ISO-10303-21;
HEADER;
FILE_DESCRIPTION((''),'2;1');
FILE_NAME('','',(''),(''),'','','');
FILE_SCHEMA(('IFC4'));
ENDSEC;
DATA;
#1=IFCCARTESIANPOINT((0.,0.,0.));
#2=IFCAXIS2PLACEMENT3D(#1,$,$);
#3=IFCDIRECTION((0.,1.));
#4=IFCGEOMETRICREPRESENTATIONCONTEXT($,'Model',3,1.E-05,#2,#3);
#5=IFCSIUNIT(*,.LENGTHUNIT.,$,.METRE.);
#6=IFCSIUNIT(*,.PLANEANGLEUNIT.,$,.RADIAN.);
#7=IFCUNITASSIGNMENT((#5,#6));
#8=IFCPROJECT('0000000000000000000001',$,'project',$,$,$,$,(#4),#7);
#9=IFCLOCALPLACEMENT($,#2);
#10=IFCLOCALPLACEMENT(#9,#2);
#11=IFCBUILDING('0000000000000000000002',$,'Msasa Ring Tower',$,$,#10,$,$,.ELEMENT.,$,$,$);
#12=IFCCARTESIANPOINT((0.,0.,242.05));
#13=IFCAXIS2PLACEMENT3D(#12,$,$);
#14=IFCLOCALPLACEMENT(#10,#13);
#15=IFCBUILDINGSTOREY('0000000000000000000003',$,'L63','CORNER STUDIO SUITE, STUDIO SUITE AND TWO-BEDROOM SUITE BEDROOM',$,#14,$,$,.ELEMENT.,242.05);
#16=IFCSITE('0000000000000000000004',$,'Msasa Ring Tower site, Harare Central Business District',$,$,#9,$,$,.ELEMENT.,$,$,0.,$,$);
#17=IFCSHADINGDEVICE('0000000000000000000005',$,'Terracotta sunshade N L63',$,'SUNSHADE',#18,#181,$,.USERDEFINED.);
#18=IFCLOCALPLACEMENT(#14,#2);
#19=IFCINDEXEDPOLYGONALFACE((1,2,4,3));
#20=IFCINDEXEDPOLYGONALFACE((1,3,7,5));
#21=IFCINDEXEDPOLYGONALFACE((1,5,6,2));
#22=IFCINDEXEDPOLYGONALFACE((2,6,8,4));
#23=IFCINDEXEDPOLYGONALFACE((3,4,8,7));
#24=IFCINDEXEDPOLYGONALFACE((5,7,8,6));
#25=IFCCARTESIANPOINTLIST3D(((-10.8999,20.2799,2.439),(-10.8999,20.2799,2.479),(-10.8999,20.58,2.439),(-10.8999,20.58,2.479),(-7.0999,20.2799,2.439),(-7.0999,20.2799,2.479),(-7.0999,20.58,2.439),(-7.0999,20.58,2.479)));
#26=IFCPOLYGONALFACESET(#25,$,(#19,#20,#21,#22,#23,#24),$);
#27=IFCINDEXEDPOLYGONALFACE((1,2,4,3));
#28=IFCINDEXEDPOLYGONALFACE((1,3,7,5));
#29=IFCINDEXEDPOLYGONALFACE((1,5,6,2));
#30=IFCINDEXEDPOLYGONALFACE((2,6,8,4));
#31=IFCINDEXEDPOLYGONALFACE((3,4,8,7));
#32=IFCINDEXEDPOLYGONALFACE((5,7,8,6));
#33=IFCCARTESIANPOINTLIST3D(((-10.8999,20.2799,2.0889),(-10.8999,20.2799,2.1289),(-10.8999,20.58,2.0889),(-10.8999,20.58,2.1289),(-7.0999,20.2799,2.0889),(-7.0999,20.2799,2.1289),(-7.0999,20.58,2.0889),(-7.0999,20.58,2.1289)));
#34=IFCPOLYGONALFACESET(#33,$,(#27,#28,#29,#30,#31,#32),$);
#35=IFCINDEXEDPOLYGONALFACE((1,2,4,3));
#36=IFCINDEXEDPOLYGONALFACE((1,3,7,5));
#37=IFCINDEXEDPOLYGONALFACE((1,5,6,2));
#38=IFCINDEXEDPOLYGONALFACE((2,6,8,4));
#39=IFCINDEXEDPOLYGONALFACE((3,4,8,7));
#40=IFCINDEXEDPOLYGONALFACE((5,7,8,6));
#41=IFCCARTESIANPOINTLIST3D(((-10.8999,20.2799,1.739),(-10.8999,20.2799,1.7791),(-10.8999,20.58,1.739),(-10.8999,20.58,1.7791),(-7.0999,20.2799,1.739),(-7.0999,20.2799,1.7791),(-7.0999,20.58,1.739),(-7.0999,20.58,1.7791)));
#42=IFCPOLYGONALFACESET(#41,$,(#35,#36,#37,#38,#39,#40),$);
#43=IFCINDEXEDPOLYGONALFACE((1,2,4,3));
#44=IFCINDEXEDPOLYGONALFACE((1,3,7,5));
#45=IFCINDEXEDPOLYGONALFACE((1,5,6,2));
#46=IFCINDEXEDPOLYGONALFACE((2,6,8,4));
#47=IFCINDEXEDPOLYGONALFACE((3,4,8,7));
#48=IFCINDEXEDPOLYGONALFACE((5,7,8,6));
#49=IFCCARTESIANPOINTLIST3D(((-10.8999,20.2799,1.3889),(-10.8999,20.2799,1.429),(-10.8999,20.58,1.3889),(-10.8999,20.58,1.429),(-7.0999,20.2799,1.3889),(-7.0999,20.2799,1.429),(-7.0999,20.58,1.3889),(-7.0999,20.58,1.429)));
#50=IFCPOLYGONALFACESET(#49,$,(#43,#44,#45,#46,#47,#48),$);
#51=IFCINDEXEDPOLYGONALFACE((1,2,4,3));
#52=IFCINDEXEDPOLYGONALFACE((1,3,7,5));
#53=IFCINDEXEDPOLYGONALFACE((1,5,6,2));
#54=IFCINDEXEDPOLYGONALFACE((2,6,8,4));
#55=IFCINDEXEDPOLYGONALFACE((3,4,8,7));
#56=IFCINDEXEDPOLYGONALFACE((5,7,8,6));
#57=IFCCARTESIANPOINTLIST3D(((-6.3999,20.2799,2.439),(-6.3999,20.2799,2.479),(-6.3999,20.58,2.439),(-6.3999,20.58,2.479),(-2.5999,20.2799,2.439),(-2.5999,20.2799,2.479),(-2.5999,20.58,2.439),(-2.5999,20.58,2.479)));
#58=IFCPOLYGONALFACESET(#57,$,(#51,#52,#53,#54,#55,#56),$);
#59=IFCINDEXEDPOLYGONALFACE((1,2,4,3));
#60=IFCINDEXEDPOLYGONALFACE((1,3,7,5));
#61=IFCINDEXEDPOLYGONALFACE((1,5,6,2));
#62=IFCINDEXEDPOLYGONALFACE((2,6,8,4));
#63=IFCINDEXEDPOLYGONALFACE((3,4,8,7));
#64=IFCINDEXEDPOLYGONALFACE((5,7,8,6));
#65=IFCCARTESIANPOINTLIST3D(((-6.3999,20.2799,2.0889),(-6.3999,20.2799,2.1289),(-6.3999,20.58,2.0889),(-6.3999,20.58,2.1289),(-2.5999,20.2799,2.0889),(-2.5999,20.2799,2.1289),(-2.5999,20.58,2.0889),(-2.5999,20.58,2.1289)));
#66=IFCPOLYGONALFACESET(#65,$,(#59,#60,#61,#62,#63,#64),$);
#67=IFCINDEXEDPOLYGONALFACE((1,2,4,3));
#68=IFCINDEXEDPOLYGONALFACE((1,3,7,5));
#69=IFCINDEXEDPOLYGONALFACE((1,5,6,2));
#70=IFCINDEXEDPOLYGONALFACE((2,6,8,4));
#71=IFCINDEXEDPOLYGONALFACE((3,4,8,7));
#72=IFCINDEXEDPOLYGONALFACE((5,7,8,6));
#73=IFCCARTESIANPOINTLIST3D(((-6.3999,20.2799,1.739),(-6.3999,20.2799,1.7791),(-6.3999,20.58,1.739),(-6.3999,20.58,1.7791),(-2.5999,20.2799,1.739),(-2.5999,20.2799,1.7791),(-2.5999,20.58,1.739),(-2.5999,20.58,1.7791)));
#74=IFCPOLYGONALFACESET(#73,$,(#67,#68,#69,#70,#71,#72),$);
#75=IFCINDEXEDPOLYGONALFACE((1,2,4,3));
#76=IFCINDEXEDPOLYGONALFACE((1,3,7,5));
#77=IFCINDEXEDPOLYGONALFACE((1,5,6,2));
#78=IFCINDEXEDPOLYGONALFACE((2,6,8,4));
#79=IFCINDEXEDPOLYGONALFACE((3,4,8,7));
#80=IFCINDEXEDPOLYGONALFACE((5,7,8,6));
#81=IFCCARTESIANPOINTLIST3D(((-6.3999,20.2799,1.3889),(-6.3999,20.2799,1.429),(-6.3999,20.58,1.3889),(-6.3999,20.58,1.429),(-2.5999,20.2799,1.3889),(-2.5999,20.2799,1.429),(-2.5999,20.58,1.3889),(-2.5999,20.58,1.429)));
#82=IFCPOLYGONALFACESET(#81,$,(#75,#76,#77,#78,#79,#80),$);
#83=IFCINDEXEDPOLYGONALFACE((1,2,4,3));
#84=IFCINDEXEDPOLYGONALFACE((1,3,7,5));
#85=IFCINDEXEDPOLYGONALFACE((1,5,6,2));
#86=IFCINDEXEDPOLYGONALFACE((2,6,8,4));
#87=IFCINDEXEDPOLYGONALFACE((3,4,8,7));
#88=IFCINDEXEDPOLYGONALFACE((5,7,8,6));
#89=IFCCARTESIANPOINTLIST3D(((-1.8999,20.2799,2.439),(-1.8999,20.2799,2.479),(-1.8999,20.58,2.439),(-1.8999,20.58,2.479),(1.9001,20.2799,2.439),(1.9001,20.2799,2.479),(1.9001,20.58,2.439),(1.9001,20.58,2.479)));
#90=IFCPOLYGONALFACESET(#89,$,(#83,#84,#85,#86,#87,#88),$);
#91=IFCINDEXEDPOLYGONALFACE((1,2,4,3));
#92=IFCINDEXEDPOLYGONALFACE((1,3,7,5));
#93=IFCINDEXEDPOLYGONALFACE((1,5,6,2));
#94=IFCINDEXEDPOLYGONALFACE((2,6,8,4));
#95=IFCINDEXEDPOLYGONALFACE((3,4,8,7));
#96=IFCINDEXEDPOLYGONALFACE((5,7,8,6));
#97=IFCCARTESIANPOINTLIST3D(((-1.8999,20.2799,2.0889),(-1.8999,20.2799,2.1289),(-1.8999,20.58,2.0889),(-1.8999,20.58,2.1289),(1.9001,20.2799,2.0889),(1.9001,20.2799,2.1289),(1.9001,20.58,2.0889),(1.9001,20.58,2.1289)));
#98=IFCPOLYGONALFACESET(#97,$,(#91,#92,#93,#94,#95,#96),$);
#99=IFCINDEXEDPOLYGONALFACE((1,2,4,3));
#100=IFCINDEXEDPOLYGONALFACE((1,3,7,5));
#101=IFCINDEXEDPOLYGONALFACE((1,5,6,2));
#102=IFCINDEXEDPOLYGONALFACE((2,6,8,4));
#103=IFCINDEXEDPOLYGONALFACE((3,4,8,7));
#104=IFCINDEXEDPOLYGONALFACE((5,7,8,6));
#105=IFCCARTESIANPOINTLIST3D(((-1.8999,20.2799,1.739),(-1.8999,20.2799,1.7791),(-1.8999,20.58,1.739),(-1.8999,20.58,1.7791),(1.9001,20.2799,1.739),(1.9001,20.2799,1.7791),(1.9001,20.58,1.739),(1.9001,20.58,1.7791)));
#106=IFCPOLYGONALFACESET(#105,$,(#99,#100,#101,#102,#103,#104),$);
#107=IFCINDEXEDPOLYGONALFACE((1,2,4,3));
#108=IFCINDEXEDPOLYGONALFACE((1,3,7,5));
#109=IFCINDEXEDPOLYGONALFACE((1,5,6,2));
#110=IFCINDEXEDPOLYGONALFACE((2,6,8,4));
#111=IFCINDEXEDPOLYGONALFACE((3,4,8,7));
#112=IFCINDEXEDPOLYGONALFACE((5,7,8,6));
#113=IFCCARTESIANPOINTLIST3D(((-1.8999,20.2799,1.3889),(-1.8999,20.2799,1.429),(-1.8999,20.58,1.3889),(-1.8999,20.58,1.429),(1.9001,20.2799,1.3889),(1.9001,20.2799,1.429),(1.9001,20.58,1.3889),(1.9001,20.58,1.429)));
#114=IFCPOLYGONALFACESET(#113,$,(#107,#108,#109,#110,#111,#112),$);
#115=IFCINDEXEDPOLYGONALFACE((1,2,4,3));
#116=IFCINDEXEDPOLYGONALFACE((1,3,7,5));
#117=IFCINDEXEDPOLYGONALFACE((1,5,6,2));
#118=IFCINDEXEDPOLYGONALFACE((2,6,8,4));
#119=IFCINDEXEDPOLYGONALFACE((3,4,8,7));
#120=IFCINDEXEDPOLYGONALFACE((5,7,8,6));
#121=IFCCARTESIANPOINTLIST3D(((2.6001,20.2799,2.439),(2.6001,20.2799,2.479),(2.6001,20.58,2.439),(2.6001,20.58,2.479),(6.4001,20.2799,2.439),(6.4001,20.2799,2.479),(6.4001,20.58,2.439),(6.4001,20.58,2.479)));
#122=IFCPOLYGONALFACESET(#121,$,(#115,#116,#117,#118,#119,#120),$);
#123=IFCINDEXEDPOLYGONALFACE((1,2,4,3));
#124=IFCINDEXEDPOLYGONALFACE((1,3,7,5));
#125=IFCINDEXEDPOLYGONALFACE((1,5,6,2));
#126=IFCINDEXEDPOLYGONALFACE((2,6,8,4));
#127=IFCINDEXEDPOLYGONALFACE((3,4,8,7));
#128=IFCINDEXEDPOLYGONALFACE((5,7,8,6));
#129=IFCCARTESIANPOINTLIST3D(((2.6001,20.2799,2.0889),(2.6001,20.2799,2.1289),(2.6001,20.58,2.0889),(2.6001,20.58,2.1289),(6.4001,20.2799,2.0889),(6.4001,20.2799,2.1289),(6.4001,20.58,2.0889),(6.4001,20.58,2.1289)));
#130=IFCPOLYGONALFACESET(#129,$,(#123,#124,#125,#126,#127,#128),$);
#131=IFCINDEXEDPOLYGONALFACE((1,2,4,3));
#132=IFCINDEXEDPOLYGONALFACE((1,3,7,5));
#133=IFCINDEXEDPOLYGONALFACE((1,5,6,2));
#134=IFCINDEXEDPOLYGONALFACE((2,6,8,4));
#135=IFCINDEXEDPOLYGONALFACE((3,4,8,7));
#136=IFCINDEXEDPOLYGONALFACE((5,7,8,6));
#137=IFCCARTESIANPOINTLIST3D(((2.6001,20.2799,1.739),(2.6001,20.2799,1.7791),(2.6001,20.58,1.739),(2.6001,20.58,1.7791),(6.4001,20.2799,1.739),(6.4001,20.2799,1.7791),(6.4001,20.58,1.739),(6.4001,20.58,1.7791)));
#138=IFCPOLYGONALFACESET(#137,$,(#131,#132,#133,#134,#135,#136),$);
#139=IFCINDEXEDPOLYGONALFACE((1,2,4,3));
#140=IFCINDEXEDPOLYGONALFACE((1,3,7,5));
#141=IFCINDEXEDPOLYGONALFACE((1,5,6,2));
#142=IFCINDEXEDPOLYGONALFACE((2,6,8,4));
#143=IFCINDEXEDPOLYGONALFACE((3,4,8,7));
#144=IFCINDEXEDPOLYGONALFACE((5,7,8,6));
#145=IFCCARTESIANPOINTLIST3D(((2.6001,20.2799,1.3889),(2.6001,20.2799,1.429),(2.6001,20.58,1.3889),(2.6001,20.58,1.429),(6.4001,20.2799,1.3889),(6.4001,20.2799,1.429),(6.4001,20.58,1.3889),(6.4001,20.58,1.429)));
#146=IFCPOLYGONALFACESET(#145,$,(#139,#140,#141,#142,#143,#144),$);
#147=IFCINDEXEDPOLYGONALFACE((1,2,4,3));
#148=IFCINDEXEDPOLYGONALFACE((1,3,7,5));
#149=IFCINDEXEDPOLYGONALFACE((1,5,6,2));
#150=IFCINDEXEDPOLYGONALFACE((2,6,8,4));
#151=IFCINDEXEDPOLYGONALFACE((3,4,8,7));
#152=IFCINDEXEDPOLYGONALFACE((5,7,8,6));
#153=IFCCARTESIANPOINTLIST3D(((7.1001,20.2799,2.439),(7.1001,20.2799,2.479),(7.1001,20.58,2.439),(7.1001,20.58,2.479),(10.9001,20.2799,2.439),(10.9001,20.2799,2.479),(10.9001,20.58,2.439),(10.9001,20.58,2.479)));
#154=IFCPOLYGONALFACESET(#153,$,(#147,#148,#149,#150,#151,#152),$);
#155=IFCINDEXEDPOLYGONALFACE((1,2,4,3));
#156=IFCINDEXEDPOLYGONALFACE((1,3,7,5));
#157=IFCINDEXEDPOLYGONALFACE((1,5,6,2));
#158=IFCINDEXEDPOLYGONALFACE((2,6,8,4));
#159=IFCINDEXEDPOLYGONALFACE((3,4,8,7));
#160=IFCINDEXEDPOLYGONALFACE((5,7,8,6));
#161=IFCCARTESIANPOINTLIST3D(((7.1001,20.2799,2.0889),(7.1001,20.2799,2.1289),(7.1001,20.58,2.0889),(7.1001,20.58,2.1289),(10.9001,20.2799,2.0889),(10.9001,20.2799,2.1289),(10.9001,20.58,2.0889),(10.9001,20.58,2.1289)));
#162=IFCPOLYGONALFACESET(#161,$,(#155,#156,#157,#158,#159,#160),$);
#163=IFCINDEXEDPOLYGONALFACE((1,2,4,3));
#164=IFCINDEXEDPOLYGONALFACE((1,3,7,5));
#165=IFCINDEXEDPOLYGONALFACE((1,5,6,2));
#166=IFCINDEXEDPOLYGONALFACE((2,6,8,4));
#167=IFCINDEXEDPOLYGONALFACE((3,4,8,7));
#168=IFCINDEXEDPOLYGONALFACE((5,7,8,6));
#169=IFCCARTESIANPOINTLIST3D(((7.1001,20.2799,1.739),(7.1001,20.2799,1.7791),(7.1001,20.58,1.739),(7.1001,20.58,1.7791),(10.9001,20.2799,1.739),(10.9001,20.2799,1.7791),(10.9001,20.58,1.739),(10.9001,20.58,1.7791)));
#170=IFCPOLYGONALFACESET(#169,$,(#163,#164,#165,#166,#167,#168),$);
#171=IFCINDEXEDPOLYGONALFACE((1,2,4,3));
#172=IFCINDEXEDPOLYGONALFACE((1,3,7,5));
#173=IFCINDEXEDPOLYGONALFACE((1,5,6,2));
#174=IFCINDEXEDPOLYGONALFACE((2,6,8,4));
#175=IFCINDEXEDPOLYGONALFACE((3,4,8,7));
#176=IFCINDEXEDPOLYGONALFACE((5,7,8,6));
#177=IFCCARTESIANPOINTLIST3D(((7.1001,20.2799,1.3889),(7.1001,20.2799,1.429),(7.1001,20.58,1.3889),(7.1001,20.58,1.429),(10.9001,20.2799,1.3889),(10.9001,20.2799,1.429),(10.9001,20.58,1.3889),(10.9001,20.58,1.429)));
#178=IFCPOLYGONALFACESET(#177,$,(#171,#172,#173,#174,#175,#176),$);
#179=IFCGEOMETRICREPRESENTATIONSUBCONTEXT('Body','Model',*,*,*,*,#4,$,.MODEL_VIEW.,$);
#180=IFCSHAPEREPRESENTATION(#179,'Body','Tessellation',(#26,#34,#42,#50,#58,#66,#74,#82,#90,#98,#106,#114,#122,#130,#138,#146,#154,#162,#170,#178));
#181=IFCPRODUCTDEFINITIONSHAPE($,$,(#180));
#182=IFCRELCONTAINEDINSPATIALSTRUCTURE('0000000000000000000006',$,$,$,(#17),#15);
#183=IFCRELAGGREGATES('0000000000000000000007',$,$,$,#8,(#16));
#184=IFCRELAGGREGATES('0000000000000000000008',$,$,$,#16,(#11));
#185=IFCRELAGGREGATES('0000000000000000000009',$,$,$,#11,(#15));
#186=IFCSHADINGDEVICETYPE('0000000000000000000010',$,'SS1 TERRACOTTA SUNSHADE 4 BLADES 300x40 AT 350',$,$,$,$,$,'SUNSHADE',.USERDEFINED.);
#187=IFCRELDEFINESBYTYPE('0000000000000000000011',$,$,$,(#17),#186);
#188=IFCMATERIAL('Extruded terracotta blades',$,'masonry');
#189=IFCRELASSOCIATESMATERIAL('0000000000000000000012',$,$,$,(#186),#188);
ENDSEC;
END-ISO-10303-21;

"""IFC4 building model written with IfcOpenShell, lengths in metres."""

from ifc_helpers import new_model, si_unit, direction, frame, origin, origin_2d, place, context, subcontext, project, spatial, rectangle, extrude, material, type_object, element, save


model = new_model("IFC4")

# Units and contexts
model_context = context("Model", 3, precision=1e-05, world=origin(), true_north=direction((0.0, 1.0)))
body_context = subcontext(model_context, "Body", "Model", "MODEL_VIEW")
ifc_project = project(units=[si_unit("LENGTHUNIT", "METRE"), si_unit("PLANEANGLEUNIT", "RADIAN")], contexts=[model_context])

# Site, building, storey
site_placement = place(None, origin())
site = spatial("IfcSite", under=ifc_project, at=site_placement, Name="Msasa Ring Tower site, Harare Central Business District", CompositionType="ELEMENT", RefElevation=0.0)
building_placement = place(site_placement, origin())
building = spatial("IfcBuilding", under=site, at=building_placement, Name="Msasa Ring Tower", CompositionType="ELEMENT")
storey_placement = place(building_placement, frame((0.0, 0.0, 242.05)))
storey = spatial("IfcBuildingStorey", under=building, at=storey_placement, Name="L63", Description="CORNER STUDIO SUITE, STUDIO SUITE AND TWO-BEDROOM SUITE BEDROOM", CompositionType="ELEMENT", Elevation=242.05)

# Shading device
ifc_material_1 = material(Name="Extruded terracotta blades", Category="masonry")
shading_device_type_1 = type_object("IfcShadingDeviceType", Name="SS1 TERRACOTTA SUNSHADE 4 BLADES 300x40 AT 350", ElementType="SUNSHADE", PredefinedType="USERDEFINED", material=ifc_material_1)
shading_device_1_placement = place(storey_placement, origin())
element("IfcShadingDevice", 1, at=shading_device_1_placement, inside=storey, type_object=shading_device_type_1, Name="Terracotta sunshade N L63", ObjectType="SUNSHADE", PredefinedType="USERDEFINED", context=body_context, shape_type="SweptSolid", body=[
    extrude(rectangle(XDim=0.04, YDim=0.3, at=origin_2d()), frame((-10.8999, 20.4299, 2.459), z_axis=(1.0, 0.0, 0.0), x_axis=(0.0, 0.0, 1.0)), (0.0, 0.0, 1.0), 3.8),
    extrude(rectangle(XDim=0.04, YDim=0.3, at=origin_2d()), frame((-10.8999, 20.4299, 2.1089), z_axis=(1.0, 0.0, 0.0), x_axis=(0.0, 0.0, 1.0)), (0.0, 0.0, 1.0), 3.8),
    extrude(rectangle(XDim=0.04, YDim=0.3, at=origin_2d()), frame((-10.8999, 20.4299, 1.759), z_axis=(1.0, 0.0, 0.0), x_axis=(0.0, 0.0, 1.0)), (0.0, 0.0, 1.0), 3.8),
    extrude(rectangle(XDim=0.04, YDim=0.3, at=origin_2d()), frame((-10.8999, 20.4299, 1.4089), z_axis=(1.0, 0.0, 0.0), x_axis=(0.0, 0.0, 1.0)), (0.0, 0.0, 1.0), 3.8),
    extrude(rectangle(XDim=0.04, YDim=0.3, at=origin_2d()), frame((-6.3999, 20.4299, 2.459), z_axis=(1.0, 0.0, 0.0), x_axis=(0.0, 0.0, 1.0)), (0.0, 0.0, 1.0), 3.8),
    extrude(rectangle(XDim=0.04, YDim=0.3, at=origin_2d()), frame((-6.3999, 20.4299, 2.1089), z_axis=(1.0, 0.0, 0.0), x_axis=(0.0, 0.0, 1.0)), (0.0, 0.0, 1.0), 3.8),
    extrude(rectangle(XDim=0.04, YDim=0.3, at=origin_2d()), frame((-6.3999, 20.4299, 1.759), z_axis=(1.0, 0.0, 0.0), x_axis=(0.0, 0.0, 1.0)), (0.0, 0.0, 1.0), 3.8),
    extrude(rectangle(XDim=0.04, YDim=0.3, at=origin_2d()), frame((-6.3999, 20.4299, 1.4089), z_axis=(1.0, 0.0, 0.0), x_axis=(0.0, 0.0, 1.0)), (0.0, 0.0, 1.0), 3.8),
    extrude(rectangle(XDim=0.04, YDim=0.3, at=origin_2d()), frame((-1.8999, 20.4299, 2.459), z_axis=(1.0, 0.0, 0.0), x_axis=(0.0, 0.0, 1.0)), (0.0, 0.0, 1.0), 3.8),
    extrude(rectangle(XDim=0.04, YDim=0.3, at=origin_2d()), frame((-1.8999, 20.4299, 2.1089), z_axis=(1.0, 0.0, 0.0), x_axis=(0.0, 0.0, 1.0)), (0.0, 0.0, 1.0), 3.8),
    extrude(rectangle(XDim=0.04, YDim=0.3, at=origin_2d()), frame((-1.8999, 20.4299, 1.759), z_axis=(1.0, 0.0, 0.0), x_axis=(0.0, 0.0, 1.0)), (0.0, 0.0, 1.0), 3.8),
    extrude(rectangle(XDim=0.04, YDim=0.3, at=origin_2d()), frame((-1.8999, 20.4299, 1.4089), z_axis=(1.0, 0.0, 0.0), x_axis=(0.0, 0.0, 1.0)), (0.0, 0.0, 1.0), 3.8),
    extrude(rectangle(XDim=0.04, YDim=0.3, at=origin_2d()), frame((2.6001, 20.4299, 2.459), z_axis=(1.0, 0.0, 0.0), x_axis=(0.0, 0.0, 1.0)), (0.0, 0.0, 1.0), 3.8),
    extrude(rectangle(XDim=0.04, YDim=0.3, at=origin_2d()), frame((2.6001, 20.4299, 2.1089), z_axis=(1.0, 0.0, 0.0), x_axis=(0.0, 0.0, 1.0)), (0.0, 0.0, 1.0), 3.8),
    extrude(rectangle(XDim=0.04, YDim=0.3, at=origin_2d()), frame((2.6001, 20.4299, 1.759), z_axis=(1.0, 0.0, 0.0), x_axis=(0.0, 0.0, 1.0)), (0.0, 0.0, 1.0), 3.8),
    extrude(rectangle(XDim=0.04, YDim=0.3, at=origin_2d()), frame((2.6001, 20.4299, 1.4089), z_axis=(1.0, 0.0, 0.0), x_axis=(0.0, 0.0, 1.0)), (0.0, 0.0, 1.0), 3.8),
    extrude(rectangle(XDim=0.04, YDim=0.3, at=origin_2d()), frame((7.1001, 20.4299, 2.459), z_axis=(1.0, 0.0, 0.0), x_axis=(0.0, 0.0, 1.0)), (0.0, 0.0, 1.0), 3.8),
    extrude(rectangle(XDim=0.04, YDim=0.3, at=origin_2d()), frame((7.1001, 20.4299, 2.1089), z_axis=(1.0, 0.0, 0.0), x_axis=(0.0, 0.0, 1.0)), (0.0, 0.0, 1.0), 3.8),
    extrude(rectangle(XDim=0.04, YDim=0.3, at=origin_2d()), frame((7.1001, 20.4299, 1.759), z_axis=(1.0, 0.0, 0.0), x_axis=(0.0, 0.0, 1.0)), (0.0, 0.0, 1.0), 3.8),
    extrude(rectangle(XDim=0.04, YDim=0.3, at=origin_2d()), frame((7.1001, 20.4299, 1.4089), z_axis=(1.0, 0.0, 0.0), x_axis=(0.0, 0.0, 1.0)), (0.0, 0.0, 1.0), 3.8),
])

save(model, "model.ifc")
